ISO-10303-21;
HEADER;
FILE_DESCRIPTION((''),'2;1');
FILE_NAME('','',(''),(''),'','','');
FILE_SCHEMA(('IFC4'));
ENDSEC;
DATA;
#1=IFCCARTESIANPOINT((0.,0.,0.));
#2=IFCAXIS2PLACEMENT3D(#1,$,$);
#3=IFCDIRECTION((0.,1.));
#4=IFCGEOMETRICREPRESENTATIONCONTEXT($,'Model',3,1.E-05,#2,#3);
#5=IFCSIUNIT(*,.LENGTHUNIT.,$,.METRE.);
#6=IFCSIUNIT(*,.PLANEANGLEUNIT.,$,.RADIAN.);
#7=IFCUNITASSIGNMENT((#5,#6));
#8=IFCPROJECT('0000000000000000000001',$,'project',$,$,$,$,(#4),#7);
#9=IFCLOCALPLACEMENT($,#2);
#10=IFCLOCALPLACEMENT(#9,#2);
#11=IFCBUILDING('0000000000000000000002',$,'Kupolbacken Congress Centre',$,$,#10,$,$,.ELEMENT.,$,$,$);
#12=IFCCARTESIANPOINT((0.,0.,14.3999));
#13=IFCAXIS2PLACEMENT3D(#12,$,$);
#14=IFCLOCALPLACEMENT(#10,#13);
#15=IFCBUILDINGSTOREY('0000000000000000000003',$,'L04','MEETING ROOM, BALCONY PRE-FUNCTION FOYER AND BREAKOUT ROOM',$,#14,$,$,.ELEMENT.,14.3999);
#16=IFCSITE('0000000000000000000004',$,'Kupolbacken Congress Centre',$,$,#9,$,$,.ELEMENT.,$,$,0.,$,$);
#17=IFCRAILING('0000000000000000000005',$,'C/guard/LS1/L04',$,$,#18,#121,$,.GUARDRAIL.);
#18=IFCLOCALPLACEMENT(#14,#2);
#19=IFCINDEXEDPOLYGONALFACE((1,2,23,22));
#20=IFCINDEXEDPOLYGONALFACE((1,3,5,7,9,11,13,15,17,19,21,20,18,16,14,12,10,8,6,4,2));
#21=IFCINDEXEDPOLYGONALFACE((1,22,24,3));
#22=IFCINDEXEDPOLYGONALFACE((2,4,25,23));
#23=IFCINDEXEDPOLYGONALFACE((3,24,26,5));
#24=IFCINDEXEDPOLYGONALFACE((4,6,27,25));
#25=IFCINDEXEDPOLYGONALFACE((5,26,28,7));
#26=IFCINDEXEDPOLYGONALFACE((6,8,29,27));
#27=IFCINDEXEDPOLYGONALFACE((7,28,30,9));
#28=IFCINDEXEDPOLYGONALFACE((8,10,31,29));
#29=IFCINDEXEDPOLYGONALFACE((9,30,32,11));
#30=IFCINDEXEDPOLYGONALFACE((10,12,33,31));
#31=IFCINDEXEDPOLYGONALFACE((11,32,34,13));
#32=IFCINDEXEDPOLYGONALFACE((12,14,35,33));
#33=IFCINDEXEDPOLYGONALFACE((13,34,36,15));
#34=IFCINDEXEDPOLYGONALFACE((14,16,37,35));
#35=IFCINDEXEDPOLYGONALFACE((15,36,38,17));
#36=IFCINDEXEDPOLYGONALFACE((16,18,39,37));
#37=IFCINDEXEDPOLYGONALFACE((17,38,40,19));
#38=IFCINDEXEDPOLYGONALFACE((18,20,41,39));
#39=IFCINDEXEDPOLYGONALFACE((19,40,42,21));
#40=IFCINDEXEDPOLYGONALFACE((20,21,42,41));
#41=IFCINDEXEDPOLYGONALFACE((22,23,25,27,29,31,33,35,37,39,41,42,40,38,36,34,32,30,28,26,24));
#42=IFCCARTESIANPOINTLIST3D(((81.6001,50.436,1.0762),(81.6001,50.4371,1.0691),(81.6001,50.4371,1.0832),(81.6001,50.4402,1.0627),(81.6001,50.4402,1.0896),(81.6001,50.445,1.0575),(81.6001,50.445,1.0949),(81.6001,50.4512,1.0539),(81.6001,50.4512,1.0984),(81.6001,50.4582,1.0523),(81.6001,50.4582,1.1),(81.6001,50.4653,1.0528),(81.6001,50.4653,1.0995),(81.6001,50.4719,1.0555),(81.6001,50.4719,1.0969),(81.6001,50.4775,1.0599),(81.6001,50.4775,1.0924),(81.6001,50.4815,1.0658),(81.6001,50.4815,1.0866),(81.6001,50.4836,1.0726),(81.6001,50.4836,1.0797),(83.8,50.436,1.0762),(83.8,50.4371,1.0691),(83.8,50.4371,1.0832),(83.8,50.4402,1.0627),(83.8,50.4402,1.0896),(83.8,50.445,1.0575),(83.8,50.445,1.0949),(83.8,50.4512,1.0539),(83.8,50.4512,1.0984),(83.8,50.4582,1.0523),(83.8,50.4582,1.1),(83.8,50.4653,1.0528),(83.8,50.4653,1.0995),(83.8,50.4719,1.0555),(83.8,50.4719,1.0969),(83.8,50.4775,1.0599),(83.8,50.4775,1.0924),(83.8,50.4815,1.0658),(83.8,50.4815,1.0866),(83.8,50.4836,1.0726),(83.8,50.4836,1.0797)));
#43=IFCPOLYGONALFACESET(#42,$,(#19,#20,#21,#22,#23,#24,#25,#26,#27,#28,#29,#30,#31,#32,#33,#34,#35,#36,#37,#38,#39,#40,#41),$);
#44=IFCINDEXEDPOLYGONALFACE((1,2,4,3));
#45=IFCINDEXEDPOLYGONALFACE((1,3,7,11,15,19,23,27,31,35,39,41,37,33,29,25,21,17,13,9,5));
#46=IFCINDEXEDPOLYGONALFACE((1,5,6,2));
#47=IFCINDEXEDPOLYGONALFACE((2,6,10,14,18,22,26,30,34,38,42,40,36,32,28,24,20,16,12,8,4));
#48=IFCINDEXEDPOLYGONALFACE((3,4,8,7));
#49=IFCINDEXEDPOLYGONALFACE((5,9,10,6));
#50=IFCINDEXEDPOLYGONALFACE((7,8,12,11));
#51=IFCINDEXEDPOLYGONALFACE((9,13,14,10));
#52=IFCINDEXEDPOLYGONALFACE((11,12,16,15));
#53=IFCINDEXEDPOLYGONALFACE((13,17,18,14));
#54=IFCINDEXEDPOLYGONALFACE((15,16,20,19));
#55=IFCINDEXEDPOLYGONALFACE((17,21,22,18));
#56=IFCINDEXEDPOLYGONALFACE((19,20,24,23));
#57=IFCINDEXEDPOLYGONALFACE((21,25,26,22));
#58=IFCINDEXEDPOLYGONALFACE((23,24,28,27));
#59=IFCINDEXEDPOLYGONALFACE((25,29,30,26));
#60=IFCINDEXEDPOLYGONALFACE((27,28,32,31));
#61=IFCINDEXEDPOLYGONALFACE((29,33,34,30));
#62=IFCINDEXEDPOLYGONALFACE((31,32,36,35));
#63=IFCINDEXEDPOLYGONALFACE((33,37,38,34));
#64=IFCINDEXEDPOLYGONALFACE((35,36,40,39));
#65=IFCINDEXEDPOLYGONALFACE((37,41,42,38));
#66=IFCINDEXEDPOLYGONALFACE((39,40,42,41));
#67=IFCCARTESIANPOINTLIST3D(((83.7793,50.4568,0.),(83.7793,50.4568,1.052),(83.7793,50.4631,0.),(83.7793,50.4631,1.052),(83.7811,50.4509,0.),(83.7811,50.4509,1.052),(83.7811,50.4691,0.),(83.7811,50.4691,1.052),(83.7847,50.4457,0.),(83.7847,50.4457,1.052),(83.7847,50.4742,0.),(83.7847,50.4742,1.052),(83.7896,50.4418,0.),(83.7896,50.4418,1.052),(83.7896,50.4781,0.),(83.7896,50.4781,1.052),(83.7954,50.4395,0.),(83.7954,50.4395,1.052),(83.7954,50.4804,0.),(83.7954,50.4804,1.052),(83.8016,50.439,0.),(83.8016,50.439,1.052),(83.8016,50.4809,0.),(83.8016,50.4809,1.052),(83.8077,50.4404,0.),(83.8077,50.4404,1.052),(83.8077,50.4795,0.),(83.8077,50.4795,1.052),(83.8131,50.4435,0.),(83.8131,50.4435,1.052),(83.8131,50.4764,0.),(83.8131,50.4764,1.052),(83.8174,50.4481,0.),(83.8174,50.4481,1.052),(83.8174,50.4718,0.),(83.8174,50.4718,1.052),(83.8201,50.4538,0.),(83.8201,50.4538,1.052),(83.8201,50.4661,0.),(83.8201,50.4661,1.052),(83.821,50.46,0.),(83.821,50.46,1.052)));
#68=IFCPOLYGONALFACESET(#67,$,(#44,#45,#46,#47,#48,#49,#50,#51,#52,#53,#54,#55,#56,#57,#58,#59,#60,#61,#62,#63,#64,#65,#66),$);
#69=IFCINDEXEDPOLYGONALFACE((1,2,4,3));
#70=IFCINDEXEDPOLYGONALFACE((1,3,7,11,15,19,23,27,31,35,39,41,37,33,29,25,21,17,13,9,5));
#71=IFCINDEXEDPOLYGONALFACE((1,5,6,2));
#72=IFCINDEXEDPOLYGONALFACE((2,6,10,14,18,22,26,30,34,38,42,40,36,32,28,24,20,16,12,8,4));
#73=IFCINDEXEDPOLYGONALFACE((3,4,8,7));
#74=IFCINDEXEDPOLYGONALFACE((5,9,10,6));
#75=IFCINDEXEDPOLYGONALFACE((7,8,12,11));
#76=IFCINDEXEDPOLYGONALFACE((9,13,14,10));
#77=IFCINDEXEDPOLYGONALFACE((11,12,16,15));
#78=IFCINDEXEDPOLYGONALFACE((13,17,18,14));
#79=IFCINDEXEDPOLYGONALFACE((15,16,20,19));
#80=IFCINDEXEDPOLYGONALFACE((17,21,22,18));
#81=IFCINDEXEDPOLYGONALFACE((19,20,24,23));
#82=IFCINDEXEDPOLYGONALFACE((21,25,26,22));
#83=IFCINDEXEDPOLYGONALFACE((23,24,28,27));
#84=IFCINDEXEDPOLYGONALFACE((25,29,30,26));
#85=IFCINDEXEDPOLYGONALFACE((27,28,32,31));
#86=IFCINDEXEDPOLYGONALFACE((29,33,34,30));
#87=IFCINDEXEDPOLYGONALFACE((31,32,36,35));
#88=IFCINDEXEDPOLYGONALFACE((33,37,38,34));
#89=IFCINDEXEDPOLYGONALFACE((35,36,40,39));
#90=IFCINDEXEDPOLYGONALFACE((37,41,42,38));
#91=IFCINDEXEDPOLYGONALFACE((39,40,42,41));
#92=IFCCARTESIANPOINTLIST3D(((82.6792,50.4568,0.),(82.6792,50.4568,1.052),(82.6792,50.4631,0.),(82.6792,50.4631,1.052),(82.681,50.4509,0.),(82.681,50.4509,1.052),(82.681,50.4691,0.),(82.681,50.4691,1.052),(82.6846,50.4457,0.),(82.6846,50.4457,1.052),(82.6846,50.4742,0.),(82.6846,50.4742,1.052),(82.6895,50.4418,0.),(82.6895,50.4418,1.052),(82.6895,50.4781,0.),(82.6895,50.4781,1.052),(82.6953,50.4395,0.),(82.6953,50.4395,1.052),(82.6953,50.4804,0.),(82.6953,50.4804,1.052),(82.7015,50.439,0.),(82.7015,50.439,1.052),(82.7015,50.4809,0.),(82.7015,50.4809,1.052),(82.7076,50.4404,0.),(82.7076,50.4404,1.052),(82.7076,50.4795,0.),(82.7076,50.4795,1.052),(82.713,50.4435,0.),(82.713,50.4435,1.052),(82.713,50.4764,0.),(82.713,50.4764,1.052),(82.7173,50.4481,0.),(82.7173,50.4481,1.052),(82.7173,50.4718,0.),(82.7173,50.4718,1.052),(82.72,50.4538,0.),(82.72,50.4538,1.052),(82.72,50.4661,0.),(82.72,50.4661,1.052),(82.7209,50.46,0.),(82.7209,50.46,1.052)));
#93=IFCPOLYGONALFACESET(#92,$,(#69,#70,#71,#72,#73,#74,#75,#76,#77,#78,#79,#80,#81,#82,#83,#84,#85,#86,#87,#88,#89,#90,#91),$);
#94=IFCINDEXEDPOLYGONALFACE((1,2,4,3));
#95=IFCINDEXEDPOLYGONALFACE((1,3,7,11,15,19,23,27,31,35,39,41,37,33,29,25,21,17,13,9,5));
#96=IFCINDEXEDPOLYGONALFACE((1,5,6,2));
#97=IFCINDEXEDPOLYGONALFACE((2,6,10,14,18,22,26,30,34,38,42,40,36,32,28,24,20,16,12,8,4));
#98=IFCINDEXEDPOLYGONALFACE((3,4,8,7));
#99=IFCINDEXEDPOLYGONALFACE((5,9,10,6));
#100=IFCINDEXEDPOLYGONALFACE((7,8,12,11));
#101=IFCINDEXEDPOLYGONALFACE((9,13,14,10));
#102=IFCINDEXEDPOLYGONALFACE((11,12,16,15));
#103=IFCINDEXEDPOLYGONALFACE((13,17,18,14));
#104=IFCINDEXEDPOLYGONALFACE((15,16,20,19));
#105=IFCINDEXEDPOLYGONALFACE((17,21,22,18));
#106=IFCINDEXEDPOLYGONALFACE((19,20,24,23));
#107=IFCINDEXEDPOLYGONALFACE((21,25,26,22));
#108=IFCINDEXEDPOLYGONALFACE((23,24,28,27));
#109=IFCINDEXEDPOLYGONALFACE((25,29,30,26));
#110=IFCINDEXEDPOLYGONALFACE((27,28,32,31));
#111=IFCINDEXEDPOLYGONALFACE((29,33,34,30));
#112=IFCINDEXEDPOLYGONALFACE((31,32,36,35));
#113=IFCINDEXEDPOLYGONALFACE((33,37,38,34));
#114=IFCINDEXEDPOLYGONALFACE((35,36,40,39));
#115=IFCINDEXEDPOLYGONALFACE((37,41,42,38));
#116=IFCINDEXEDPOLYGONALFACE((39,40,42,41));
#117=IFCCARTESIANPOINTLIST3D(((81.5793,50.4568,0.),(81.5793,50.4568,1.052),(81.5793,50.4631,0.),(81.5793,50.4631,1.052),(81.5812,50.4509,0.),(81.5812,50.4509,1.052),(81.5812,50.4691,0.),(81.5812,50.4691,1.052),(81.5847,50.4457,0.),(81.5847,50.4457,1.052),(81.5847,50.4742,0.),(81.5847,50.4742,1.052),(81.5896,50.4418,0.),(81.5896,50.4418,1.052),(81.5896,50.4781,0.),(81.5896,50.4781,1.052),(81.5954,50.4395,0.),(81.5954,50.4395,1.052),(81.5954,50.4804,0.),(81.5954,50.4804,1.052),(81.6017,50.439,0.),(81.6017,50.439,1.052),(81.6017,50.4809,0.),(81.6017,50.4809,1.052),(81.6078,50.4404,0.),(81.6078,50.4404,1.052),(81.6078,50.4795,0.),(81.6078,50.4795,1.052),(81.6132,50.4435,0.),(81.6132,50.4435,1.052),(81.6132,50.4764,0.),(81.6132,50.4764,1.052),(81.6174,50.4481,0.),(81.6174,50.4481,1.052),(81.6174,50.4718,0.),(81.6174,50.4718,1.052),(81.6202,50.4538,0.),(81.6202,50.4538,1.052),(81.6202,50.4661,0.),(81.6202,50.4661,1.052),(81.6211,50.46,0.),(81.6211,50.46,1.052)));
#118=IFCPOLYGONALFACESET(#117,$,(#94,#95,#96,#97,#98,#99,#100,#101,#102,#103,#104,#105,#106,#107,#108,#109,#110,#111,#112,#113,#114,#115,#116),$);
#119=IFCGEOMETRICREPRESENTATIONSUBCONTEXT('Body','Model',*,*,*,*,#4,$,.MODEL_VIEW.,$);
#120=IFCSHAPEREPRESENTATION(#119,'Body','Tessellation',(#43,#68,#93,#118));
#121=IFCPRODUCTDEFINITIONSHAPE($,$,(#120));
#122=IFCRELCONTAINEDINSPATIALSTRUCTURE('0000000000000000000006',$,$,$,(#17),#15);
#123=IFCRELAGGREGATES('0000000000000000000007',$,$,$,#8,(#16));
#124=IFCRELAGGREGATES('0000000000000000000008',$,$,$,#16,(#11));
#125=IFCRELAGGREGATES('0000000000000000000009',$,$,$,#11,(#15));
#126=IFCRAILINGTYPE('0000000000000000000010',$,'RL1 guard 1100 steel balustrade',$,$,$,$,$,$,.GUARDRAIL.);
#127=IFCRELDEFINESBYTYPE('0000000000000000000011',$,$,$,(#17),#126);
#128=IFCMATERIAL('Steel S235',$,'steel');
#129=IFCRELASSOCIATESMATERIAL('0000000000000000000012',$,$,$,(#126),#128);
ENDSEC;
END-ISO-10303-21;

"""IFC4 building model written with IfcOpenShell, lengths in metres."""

from ifc_helpers import new_model, si_unit, direction, frame, origin, origin_2d, place, context, subcontext, project, spatial, circle, extrude, material, type_object, element, save


model = new_model("IFC4")

# Units and contexts
model_context = context("Model", 3, precision=1e-05, world=origin(), true_north=direction((0.0, 1.0)))
body_context = subcontext(model_context, "Body", "Model", "MODEL_VIEW")
ifc_project = project(units=[si_unit("LENGTHUNIT", "METRE"), si_unit("PLANEANGLEUNIT", "RADIAN")], contexts=[model_context])

# Site, building, storey
site_placement = place(None, origin())
site = spatial("IfcSite", under=ifc_project, at=site_placement, Name="Kupolbacken Congress Centre", CompositionType="ELEMENT", RefElevation=0.0)
building_placement = place(site_placement, origin())
building = spatial("IfcBuilding", under=site, at=building_placement, Name="Kupolbacken Congress Centre", CompositionType="ELEMENT")
storey_placement = place(building_placement, frame((0.0, 0.0, 14.3999)))
storey = spatial("IfcBuildingStorey", under=building, at=storey_placement, Name="L04", Description="MEETING ROOM, BALCONY PRE-FUNCTION FOYER AND BREAKOUT ROOM", CompositionType="ELEMENT", Elevation=14.3999)

# Railing
ifc_material_1 = material(Name="Steel S235", Category="steel")
railing_type = type_object("IfcRailingType", Name="RL1 guard 1100 steel balustrade", PredefinedType="GUARDRAIL", material=ifc_material_1)
railing_1_placement = place(storey_placement, frame((83.8, 50.46, 0.0)))
element("IfcRailing", 1, at=railing_1_placement, inside=storey, type_object=railing_type, Name="C/guard/LS1/L04", PredefinedType="GUARDRAIL", context=body_context, shape_type="SweptSolid", body=[
    extrude(circle(Radius=0.0239, at=origin_2d()), frame((0.0, 0.0, 1.0762), z_axis=(-1.0, 0.0, 0.0), x_axis=(0.0, -1.0, 0.0)), (0.0, 0.0, 1.0), 2.2),
    extrude(circle(Radius=0.021, at=origin_2d()), origin(), (0.0, 0.0, 1.0), 1.052),
    extrude(circle(Radius=0.021, at=origin_2d()), frame((-1.1001, 0.0, 0.0)), (0.0, 0.0, 1.0), 1.052),
    extrude(circle(Radius=0.021, at=origin_2d()), frame((-2.2, 0.0, 0.0)), (0.0, 0.0, 1.0), 1.052),
])

save(model, "model.ifc")
